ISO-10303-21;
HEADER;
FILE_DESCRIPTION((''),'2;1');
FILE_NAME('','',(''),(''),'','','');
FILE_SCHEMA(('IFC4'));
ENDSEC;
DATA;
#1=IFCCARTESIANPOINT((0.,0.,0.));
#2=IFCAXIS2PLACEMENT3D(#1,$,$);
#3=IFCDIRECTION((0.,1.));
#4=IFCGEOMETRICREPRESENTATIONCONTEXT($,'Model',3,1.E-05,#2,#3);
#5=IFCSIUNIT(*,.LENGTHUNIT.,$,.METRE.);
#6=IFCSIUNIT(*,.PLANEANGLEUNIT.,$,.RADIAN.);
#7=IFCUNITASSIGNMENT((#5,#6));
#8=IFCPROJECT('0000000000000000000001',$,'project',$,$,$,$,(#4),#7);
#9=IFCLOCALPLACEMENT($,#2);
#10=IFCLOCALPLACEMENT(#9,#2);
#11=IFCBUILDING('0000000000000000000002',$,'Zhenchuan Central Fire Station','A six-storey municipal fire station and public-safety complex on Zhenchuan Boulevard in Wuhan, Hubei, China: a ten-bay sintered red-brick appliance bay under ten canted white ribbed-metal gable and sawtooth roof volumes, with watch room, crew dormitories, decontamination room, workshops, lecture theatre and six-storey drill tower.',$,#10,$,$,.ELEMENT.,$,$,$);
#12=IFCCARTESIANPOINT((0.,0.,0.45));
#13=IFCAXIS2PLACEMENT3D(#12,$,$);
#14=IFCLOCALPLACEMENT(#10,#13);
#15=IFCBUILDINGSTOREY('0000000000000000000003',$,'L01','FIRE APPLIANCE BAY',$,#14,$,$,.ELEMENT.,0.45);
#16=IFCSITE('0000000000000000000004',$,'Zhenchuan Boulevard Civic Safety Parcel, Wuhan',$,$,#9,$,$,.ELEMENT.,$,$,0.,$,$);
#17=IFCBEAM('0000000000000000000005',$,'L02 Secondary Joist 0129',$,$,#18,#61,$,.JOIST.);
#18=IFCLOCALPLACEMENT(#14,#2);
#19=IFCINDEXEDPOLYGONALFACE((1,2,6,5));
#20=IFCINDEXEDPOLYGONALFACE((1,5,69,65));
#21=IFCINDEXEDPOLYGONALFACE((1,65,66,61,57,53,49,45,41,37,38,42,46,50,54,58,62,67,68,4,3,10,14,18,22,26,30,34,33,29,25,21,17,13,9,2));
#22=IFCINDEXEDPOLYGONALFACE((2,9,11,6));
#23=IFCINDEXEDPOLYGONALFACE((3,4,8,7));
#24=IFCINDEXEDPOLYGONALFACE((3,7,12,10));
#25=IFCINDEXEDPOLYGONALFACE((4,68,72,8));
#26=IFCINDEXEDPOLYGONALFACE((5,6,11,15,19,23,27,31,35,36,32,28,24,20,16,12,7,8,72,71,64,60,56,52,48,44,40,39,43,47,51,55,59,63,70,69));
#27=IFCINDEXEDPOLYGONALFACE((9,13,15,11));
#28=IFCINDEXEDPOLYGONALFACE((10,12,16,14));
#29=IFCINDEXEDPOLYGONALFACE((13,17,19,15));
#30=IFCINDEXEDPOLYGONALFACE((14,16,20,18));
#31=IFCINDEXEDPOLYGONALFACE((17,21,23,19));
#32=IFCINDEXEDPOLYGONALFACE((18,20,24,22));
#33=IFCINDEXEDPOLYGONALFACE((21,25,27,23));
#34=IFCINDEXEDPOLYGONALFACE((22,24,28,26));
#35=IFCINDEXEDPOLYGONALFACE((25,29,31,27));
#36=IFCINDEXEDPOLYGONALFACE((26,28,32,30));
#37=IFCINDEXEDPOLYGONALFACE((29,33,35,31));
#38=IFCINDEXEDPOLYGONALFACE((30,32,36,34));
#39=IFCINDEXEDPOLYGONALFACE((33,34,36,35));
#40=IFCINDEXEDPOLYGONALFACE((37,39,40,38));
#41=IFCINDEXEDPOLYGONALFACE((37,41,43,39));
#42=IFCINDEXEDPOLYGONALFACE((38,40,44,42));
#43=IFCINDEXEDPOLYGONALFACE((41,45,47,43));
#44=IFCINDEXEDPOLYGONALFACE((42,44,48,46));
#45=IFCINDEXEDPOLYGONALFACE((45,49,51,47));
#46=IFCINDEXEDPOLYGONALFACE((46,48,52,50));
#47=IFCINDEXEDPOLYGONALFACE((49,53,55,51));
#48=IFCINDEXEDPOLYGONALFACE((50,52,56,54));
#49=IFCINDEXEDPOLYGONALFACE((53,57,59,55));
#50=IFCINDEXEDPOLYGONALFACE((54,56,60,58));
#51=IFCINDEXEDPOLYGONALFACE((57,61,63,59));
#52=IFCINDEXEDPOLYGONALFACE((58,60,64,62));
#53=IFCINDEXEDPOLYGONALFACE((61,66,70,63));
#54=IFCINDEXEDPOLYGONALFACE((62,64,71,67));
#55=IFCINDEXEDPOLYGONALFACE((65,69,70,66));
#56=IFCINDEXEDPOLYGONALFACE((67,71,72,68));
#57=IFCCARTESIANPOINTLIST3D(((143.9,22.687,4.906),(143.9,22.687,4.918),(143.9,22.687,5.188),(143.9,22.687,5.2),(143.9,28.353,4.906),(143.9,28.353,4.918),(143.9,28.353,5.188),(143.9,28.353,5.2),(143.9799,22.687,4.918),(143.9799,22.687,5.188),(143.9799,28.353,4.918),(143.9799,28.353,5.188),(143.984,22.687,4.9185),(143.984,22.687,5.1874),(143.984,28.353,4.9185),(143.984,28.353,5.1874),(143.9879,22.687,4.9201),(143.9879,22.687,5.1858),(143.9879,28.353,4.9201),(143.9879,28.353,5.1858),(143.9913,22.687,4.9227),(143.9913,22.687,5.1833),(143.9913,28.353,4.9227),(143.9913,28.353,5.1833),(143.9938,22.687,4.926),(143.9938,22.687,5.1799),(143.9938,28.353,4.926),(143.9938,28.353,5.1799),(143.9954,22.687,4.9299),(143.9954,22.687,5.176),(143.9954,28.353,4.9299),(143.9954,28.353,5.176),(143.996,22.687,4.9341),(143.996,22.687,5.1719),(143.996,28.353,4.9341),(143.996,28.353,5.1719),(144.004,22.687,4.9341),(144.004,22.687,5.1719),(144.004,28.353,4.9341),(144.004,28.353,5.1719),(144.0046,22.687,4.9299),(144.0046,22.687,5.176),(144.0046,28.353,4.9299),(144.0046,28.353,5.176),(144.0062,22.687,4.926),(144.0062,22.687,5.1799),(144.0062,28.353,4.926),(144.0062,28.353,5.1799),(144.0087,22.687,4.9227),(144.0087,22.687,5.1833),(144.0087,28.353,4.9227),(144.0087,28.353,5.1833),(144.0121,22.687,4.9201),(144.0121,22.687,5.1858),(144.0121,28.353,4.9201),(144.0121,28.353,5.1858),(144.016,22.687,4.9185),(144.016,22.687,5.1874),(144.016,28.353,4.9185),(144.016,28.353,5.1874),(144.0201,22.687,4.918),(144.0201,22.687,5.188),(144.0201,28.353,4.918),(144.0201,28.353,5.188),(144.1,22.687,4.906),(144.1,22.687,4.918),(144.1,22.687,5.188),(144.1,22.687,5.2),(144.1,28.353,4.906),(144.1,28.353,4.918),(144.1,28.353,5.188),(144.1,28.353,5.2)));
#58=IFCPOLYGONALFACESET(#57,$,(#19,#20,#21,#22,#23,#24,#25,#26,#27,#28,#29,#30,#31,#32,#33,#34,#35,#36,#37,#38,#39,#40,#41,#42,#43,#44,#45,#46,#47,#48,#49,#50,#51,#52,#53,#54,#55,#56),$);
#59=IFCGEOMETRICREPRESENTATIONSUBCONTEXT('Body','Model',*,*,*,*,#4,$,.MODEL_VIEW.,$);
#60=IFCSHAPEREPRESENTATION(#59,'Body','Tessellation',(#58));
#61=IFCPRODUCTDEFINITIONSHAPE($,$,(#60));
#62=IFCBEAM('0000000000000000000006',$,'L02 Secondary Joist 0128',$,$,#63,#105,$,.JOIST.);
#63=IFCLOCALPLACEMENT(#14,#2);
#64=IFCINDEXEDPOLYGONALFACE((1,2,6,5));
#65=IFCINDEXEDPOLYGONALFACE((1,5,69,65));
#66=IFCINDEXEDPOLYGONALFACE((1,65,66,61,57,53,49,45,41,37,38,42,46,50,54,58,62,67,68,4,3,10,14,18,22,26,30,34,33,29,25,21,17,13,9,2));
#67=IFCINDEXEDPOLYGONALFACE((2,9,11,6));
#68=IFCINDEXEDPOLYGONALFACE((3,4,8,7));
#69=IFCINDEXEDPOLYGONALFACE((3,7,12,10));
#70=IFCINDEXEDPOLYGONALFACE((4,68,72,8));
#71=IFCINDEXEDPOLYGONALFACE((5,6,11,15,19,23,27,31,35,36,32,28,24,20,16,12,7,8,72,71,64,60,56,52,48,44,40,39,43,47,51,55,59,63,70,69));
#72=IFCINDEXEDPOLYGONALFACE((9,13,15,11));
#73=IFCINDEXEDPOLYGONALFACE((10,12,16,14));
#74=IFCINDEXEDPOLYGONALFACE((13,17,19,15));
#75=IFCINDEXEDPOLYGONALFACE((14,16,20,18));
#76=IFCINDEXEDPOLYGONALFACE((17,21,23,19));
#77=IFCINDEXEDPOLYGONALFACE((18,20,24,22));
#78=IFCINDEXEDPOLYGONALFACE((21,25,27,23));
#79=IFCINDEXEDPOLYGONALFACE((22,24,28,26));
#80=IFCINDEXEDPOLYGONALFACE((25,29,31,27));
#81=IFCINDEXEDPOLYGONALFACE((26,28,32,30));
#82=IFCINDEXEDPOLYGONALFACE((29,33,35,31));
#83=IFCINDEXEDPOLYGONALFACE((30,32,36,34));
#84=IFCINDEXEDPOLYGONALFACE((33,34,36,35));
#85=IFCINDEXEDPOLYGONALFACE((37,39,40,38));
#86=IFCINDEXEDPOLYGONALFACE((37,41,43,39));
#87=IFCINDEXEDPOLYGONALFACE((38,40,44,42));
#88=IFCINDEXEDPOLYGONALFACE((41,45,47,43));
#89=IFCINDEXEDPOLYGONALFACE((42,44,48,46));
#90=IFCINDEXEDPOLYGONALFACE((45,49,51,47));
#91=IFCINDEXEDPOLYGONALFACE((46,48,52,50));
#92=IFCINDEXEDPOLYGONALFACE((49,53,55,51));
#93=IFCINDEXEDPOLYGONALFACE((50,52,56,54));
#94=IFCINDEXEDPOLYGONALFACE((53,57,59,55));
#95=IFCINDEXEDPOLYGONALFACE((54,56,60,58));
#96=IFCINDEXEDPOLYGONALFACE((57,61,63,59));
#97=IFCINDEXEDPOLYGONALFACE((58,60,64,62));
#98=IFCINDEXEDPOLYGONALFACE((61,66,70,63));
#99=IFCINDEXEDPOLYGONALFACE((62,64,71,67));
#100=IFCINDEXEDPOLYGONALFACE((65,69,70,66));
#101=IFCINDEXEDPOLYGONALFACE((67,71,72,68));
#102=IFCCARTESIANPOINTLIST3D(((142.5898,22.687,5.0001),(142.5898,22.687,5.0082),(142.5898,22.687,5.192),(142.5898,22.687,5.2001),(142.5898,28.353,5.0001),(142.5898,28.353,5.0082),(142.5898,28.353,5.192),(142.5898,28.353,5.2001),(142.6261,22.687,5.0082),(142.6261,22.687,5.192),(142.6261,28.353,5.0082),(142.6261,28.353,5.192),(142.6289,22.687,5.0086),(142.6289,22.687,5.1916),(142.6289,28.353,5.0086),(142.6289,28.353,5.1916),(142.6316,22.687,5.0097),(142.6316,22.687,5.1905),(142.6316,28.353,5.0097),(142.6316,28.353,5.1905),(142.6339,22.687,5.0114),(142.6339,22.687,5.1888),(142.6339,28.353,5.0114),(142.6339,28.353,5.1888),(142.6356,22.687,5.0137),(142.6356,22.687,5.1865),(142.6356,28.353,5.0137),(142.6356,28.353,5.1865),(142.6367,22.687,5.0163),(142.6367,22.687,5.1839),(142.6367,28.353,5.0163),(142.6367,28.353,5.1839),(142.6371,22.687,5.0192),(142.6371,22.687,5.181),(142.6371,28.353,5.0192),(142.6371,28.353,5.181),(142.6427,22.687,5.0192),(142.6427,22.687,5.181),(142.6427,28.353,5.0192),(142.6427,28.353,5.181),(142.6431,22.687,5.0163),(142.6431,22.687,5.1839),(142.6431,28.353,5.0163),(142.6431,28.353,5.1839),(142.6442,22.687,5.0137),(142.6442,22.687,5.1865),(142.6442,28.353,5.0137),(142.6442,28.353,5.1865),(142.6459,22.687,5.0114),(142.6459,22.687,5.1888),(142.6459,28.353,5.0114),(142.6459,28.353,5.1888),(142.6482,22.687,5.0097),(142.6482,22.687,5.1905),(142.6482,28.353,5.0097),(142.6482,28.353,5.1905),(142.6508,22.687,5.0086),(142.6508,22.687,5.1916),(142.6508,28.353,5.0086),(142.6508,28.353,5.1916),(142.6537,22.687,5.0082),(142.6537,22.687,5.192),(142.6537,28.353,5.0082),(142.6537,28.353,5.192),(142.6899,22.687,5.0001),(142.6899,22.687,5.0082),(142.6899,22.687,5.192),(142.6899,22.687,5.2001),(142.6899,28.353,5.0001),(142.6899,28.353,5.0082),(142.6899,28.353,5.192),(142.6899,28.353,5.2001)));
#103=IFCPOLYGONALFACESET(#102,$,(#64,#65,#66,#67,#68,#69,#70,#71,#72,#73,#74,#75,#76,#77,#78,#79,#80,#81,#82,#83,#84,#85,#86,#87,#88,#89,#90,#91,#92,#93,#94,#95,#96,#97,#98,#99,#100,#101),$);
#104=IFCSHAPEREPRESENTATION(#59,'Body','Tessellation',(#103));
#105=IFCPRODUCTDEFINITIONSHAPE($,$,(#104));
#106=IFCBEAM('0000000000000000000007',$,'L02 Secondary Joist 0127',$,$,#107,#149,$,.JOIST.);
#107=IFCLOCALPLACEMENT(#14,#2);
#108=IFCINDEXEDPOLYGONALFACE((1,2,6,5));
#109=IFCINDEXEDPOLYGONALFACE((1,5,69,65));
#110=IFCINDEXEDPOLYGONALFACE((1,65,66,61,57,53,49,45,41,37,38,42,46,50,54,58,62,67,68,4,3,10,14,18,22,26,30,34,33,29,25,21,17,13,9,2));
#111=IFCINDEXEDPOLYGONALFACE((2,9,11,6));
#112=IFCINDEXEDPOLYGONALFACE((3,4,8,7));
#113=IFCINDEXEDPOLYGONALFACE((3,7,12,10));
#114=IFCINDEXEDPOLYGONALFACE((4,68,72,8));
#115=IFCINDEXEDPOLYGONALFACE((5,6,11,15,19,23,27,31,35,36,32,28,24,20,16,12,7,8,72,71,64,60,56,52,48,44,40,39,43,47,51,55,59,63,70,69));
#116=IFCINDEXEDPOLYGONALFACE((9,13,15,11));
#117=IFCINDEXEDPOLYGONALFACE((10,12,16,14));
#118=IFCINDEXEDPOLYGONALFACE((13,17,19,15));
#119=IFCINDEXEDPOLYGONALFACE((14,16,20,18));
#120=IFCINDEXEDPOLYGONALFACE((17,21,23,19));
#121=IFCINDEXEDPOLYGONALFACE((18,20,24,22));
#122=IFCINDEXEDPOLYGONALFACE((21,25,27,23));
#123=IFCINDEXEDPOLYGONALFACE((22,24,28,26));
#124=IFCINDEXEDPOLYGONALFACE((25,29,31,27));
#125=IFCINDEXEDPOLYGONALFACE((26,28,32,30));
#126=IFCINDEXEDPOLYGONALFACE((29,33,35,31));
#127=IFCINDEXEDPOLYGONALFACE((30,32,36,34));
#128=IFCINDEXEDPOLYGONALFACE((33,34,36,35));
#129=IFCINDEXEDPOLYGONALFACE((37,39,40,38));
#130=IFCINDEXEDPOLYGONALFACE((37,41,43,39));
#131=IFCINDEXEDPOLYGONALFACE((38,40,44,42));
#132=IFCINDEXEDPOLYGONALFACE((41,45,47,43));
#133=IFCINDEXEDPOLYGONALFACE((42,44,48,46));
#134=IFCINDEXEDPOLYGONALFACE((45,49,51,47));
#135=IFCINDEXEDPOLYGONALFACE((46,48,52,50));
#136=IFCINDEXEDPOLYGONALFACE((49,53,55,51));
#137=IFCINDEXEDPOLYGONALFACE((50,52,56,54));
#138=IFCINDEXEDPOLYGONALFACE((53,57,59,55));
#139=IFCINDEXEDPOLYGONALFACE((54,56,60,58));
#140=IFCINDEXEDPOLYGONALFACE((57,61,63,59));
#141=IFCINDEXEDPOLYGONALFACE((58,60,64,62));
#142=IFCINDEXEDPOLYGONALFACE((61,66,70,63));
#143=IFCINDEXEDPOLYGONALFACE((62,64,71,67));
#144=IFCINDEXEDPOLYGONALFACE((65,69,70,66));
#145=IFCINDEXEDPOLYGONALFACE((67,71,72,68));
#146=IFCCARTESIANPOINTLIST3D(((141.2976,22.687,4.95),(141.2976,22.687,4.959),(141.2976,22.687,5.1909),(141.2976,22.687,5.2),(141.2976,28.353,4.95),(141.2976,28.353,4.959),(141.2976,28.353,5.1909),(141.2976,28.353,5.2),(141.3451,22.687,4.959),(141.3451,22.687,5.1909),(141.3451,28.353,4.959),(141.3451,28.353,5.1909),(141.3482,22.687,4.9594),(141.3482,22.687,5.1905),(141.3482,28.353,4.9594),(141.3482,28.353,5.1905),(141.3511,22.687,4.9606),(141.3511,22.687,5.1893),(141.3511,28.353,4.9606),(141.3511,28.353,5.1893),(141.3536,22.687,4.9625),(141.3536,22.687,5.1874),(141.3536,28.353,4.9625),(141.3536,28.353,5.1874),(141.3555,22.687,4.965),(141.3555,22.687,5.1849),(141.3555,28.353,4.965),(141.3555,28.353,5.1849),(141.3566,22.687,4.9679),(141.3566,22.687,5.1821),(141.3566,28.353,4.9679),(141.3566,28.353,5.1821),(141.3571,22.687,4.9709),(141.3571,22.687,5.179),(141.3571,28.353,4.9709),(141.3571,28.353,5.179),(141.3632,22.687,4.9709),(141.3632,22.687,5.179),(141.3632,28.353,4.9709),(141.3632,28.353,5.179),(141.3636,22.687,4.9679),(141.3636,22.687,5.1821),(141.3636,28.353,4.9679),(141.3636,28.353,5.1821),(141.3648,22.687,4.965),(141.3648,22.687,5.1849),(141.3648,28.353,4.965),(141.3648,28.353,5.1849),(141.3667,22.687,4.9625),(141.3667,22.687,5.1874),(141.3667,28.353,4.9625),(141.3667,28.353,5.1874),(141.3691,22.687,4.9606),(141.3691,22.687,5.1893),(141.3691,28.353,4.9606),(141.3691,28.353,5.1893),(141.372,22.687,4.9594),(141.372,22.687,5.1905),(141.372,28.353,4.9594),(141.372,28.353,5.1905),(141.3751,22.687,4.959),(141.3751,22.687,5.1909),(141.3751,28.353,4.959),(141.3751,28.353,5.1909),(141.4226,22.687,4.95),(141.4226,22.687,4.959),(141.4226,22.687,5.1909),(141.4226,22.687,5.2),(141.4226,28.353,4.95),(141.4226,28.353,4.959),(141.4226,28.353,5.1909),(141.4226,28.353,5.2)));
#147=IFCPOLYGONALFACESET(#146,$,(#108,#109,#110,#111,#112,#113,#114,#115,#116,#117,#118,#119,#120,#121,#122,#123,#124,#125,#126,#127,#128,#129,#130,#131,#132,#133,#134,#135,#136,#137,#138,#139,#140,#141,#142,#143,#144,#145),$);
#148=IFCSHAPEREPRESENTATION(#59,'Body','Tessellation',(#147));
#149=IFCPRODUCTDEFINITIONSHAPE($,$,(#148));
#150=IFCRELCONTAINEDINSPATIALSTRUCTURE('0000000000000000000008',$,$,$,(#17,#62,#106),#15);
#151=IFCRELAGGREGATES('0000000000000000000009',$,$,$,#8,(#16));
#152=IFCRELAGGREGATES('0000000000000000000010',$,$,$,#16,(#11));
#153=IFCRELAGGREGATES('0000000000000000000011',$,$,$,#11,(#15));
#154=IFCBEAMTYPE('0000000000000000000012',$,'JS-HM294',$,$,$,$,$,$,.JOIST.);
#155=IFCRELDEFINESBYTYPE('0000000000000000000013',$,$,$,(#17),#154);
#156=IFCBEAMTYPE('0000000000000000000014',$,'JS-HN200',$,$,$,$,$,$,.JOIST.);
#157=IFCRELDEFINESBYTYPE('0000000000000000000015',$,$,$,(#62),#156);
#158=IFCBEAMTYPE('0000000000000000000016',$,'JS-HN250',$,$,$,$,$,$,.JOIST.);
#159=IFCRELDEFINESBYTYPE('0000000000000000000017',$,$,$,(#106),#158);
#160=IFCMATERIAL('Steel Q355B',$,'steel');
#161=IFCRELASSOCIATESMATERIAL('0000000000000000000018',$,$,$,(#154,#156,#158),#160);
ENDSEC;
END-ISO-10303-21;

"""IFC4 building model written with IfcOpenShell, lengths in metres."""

from ifc_helpers import new_model, si_unit, direction, frame, origin, origin_2d, place, context, subcontext, project, spatial, i_section, extrude, material, material_profile, profile_set, type_object, element, save


model = new_model("IFC4")

# Units and contexts
model_context = context("Model", 3, precision=1e-05, world=origin(), true_north=direction((0.0, 1.0)))
body_context = subcontext(model_context, "Body", "Model", "MODEL_VIEW")
ifc_project = project(units=[si_unit("LENGTHUNIT", "METRE"), si_unit("PLANEANGLEUNIT", "RADIAN")], contexts=[model_context])

# Site, building, storey
site_placement = place(None, origin())
site = spatial("IfcSite", under=ifc_project, at=site_placement, Name="Zhenchuan Boulevard Civic Safety Parcel, Wuhan", CompositionType="ELEMENT", RefElevation=0.0)
building_placement = place(site_placement, origin())
building = spatial("IfcBuilding", under=site, at=building_placement, Name="Zhenchuan Central Fire Station", Description="A six-storey municipal fire station and public-safety complex on Zhenchuan Boulevard in Wuhan, Hubei, China: a ten-bay sintered red-brick appliance bay under ten canted white ribbed-metal gable and sawtooth roof volumes, with watch room, crew dormitories, decontamination room, workshops, lecture theatre and six-storey drill tower.", CompositionType="ELEMENT")
storey_placement = place(building_placement, frame((0.0, 0.0, 0.45)))
storey = spatial("IfcBuildingStorey", under=building, at=storey_placement, Name="L01", Description="FIRE APPLIANCE BAY", CompositionType="ELEMENT", Elevation=0.45)

# Shared definitions
ifc_material_1 = material(Name="Steel Q355B", Category="steel")

# Beams
ifc_material_profile_1 = material_profile(ifc_material_1, i_section(OverallWidth=0.2, OverallDepth=0.2939, WebThickness=0.0081, FlangeThickness=0.012, FilletRadius=0.0161, at=origin_2d()), Name="HM 294x200")
ifc_profile_set_1 = profile_set([ifc_material_profile_1], Name="Steel Q355B")
beam_type_1 = type_object("IfcBeamType", Name="JS-HM294", PredefinedType="JOIST", material=ifc_profile_set_1)
beam_1_placement = place(storey_placement, frame((144.0, 22.687, 5.053), z_axis=(0.0, 1.0, 0.0), x_axis=(-1.0, 0.0, 0.0)))
element("IfcBeam", 1, at=beam_1_placement, inside=storey, type_object=beam_type_1, Name="L02 Secondary Joist 0129", PredefinedType="JOIST", context=body_context, shape_type="SweptSolid", body=[
    extrude(i_section(OverallWidth=0.2, OverallDepth=0.2939, WebThickness=0.0081, FlangeThickness=0.012, FilletRadius=0.0161, at=origin_2d()), origin(), (0.0, 0.0, 1.0), 5.666),
])
ifc_material_profile_2 = material_profile(ifc_material_1, i_section(OverallWidth=0.1001, OverallDepth=0.2, WebThickness=0.0056, FlangeThickness=0.0081, FilletRadius=0.011, at=origin_2d()), Name="HN 200x100")
ifc_profile_set_2 = profile_set([ifc_material_profile_2], Name="Steel Q355B")
beam_type_2 = type_object("IfcBeamType", Name="JS-HN200", PredefinedType="JOIST", material=ifc_profile_set_2)
beam_2_placement = place(storey_placement, frame((142.6399, 22.687, 5.1001), z_axis=(0.0, 1.0, 0.0), x_axis=(-1.0, 0.0, 0.0)))
element("IfcBeam", 2, at=beam_2_placement, inside=storey, type_object=beam_type_2, Name="L02 Secondary Joist 0128", PredefinedType="JOIST", context=body_context, shape_type="SweptSolid", body=[
    extrude(i_section(OverallWidth=0.1001, OverallDepth=0.2, WebThickness=0.0056, FlangeThickness=0.0081, FilletRadius=0.011, at=origin_2d()), origin(), (0.0, 0.0, 1.0), 5.666),
])
ifc_material_profile_3 = material_profile(ifc_material_1, i_section(OverallWidth=0.125, OverallDepth=0.25, WebThickness=0.0061, FlangeThickness=0.009, FilletRadius=0.012, at=origin_2d()), Name="HN 250x125")
ifc_profile_set_3 = profile_set([ifc_material_profile_3], Name="Steel Q355B")
beam_type_3 = type_object("IfcBeamType", Name="JS-HN250", PredefinedType="JOIST", material=ifc_profile_set_3)
beam_3_placement = place(storey_placement, frame((141.3601, 22.687, 5.075), z_axis=(0.0, 1.0, 0.0), x_axis=(-1.0, 0.0, 0.0)))
element("IfcBeam", 3, at=beam_3_placement, inside=storey, type_object=beam_type_3, Name="L02 Secondary Joist 0127", PredefinedType="JOIST", context=body_context, shape_type="SweptSolid", body=[
    extrude(i_section(OverallWidth=0.125, OverallDepth=0.25, WebThickness=0.0061, FlangeThickness=0.009, FilletRadius=0.012, at=origin_2d()), origin(), (0.0, 0.0, 1.0), 5.666),
])

save(model, "model.ifc")
